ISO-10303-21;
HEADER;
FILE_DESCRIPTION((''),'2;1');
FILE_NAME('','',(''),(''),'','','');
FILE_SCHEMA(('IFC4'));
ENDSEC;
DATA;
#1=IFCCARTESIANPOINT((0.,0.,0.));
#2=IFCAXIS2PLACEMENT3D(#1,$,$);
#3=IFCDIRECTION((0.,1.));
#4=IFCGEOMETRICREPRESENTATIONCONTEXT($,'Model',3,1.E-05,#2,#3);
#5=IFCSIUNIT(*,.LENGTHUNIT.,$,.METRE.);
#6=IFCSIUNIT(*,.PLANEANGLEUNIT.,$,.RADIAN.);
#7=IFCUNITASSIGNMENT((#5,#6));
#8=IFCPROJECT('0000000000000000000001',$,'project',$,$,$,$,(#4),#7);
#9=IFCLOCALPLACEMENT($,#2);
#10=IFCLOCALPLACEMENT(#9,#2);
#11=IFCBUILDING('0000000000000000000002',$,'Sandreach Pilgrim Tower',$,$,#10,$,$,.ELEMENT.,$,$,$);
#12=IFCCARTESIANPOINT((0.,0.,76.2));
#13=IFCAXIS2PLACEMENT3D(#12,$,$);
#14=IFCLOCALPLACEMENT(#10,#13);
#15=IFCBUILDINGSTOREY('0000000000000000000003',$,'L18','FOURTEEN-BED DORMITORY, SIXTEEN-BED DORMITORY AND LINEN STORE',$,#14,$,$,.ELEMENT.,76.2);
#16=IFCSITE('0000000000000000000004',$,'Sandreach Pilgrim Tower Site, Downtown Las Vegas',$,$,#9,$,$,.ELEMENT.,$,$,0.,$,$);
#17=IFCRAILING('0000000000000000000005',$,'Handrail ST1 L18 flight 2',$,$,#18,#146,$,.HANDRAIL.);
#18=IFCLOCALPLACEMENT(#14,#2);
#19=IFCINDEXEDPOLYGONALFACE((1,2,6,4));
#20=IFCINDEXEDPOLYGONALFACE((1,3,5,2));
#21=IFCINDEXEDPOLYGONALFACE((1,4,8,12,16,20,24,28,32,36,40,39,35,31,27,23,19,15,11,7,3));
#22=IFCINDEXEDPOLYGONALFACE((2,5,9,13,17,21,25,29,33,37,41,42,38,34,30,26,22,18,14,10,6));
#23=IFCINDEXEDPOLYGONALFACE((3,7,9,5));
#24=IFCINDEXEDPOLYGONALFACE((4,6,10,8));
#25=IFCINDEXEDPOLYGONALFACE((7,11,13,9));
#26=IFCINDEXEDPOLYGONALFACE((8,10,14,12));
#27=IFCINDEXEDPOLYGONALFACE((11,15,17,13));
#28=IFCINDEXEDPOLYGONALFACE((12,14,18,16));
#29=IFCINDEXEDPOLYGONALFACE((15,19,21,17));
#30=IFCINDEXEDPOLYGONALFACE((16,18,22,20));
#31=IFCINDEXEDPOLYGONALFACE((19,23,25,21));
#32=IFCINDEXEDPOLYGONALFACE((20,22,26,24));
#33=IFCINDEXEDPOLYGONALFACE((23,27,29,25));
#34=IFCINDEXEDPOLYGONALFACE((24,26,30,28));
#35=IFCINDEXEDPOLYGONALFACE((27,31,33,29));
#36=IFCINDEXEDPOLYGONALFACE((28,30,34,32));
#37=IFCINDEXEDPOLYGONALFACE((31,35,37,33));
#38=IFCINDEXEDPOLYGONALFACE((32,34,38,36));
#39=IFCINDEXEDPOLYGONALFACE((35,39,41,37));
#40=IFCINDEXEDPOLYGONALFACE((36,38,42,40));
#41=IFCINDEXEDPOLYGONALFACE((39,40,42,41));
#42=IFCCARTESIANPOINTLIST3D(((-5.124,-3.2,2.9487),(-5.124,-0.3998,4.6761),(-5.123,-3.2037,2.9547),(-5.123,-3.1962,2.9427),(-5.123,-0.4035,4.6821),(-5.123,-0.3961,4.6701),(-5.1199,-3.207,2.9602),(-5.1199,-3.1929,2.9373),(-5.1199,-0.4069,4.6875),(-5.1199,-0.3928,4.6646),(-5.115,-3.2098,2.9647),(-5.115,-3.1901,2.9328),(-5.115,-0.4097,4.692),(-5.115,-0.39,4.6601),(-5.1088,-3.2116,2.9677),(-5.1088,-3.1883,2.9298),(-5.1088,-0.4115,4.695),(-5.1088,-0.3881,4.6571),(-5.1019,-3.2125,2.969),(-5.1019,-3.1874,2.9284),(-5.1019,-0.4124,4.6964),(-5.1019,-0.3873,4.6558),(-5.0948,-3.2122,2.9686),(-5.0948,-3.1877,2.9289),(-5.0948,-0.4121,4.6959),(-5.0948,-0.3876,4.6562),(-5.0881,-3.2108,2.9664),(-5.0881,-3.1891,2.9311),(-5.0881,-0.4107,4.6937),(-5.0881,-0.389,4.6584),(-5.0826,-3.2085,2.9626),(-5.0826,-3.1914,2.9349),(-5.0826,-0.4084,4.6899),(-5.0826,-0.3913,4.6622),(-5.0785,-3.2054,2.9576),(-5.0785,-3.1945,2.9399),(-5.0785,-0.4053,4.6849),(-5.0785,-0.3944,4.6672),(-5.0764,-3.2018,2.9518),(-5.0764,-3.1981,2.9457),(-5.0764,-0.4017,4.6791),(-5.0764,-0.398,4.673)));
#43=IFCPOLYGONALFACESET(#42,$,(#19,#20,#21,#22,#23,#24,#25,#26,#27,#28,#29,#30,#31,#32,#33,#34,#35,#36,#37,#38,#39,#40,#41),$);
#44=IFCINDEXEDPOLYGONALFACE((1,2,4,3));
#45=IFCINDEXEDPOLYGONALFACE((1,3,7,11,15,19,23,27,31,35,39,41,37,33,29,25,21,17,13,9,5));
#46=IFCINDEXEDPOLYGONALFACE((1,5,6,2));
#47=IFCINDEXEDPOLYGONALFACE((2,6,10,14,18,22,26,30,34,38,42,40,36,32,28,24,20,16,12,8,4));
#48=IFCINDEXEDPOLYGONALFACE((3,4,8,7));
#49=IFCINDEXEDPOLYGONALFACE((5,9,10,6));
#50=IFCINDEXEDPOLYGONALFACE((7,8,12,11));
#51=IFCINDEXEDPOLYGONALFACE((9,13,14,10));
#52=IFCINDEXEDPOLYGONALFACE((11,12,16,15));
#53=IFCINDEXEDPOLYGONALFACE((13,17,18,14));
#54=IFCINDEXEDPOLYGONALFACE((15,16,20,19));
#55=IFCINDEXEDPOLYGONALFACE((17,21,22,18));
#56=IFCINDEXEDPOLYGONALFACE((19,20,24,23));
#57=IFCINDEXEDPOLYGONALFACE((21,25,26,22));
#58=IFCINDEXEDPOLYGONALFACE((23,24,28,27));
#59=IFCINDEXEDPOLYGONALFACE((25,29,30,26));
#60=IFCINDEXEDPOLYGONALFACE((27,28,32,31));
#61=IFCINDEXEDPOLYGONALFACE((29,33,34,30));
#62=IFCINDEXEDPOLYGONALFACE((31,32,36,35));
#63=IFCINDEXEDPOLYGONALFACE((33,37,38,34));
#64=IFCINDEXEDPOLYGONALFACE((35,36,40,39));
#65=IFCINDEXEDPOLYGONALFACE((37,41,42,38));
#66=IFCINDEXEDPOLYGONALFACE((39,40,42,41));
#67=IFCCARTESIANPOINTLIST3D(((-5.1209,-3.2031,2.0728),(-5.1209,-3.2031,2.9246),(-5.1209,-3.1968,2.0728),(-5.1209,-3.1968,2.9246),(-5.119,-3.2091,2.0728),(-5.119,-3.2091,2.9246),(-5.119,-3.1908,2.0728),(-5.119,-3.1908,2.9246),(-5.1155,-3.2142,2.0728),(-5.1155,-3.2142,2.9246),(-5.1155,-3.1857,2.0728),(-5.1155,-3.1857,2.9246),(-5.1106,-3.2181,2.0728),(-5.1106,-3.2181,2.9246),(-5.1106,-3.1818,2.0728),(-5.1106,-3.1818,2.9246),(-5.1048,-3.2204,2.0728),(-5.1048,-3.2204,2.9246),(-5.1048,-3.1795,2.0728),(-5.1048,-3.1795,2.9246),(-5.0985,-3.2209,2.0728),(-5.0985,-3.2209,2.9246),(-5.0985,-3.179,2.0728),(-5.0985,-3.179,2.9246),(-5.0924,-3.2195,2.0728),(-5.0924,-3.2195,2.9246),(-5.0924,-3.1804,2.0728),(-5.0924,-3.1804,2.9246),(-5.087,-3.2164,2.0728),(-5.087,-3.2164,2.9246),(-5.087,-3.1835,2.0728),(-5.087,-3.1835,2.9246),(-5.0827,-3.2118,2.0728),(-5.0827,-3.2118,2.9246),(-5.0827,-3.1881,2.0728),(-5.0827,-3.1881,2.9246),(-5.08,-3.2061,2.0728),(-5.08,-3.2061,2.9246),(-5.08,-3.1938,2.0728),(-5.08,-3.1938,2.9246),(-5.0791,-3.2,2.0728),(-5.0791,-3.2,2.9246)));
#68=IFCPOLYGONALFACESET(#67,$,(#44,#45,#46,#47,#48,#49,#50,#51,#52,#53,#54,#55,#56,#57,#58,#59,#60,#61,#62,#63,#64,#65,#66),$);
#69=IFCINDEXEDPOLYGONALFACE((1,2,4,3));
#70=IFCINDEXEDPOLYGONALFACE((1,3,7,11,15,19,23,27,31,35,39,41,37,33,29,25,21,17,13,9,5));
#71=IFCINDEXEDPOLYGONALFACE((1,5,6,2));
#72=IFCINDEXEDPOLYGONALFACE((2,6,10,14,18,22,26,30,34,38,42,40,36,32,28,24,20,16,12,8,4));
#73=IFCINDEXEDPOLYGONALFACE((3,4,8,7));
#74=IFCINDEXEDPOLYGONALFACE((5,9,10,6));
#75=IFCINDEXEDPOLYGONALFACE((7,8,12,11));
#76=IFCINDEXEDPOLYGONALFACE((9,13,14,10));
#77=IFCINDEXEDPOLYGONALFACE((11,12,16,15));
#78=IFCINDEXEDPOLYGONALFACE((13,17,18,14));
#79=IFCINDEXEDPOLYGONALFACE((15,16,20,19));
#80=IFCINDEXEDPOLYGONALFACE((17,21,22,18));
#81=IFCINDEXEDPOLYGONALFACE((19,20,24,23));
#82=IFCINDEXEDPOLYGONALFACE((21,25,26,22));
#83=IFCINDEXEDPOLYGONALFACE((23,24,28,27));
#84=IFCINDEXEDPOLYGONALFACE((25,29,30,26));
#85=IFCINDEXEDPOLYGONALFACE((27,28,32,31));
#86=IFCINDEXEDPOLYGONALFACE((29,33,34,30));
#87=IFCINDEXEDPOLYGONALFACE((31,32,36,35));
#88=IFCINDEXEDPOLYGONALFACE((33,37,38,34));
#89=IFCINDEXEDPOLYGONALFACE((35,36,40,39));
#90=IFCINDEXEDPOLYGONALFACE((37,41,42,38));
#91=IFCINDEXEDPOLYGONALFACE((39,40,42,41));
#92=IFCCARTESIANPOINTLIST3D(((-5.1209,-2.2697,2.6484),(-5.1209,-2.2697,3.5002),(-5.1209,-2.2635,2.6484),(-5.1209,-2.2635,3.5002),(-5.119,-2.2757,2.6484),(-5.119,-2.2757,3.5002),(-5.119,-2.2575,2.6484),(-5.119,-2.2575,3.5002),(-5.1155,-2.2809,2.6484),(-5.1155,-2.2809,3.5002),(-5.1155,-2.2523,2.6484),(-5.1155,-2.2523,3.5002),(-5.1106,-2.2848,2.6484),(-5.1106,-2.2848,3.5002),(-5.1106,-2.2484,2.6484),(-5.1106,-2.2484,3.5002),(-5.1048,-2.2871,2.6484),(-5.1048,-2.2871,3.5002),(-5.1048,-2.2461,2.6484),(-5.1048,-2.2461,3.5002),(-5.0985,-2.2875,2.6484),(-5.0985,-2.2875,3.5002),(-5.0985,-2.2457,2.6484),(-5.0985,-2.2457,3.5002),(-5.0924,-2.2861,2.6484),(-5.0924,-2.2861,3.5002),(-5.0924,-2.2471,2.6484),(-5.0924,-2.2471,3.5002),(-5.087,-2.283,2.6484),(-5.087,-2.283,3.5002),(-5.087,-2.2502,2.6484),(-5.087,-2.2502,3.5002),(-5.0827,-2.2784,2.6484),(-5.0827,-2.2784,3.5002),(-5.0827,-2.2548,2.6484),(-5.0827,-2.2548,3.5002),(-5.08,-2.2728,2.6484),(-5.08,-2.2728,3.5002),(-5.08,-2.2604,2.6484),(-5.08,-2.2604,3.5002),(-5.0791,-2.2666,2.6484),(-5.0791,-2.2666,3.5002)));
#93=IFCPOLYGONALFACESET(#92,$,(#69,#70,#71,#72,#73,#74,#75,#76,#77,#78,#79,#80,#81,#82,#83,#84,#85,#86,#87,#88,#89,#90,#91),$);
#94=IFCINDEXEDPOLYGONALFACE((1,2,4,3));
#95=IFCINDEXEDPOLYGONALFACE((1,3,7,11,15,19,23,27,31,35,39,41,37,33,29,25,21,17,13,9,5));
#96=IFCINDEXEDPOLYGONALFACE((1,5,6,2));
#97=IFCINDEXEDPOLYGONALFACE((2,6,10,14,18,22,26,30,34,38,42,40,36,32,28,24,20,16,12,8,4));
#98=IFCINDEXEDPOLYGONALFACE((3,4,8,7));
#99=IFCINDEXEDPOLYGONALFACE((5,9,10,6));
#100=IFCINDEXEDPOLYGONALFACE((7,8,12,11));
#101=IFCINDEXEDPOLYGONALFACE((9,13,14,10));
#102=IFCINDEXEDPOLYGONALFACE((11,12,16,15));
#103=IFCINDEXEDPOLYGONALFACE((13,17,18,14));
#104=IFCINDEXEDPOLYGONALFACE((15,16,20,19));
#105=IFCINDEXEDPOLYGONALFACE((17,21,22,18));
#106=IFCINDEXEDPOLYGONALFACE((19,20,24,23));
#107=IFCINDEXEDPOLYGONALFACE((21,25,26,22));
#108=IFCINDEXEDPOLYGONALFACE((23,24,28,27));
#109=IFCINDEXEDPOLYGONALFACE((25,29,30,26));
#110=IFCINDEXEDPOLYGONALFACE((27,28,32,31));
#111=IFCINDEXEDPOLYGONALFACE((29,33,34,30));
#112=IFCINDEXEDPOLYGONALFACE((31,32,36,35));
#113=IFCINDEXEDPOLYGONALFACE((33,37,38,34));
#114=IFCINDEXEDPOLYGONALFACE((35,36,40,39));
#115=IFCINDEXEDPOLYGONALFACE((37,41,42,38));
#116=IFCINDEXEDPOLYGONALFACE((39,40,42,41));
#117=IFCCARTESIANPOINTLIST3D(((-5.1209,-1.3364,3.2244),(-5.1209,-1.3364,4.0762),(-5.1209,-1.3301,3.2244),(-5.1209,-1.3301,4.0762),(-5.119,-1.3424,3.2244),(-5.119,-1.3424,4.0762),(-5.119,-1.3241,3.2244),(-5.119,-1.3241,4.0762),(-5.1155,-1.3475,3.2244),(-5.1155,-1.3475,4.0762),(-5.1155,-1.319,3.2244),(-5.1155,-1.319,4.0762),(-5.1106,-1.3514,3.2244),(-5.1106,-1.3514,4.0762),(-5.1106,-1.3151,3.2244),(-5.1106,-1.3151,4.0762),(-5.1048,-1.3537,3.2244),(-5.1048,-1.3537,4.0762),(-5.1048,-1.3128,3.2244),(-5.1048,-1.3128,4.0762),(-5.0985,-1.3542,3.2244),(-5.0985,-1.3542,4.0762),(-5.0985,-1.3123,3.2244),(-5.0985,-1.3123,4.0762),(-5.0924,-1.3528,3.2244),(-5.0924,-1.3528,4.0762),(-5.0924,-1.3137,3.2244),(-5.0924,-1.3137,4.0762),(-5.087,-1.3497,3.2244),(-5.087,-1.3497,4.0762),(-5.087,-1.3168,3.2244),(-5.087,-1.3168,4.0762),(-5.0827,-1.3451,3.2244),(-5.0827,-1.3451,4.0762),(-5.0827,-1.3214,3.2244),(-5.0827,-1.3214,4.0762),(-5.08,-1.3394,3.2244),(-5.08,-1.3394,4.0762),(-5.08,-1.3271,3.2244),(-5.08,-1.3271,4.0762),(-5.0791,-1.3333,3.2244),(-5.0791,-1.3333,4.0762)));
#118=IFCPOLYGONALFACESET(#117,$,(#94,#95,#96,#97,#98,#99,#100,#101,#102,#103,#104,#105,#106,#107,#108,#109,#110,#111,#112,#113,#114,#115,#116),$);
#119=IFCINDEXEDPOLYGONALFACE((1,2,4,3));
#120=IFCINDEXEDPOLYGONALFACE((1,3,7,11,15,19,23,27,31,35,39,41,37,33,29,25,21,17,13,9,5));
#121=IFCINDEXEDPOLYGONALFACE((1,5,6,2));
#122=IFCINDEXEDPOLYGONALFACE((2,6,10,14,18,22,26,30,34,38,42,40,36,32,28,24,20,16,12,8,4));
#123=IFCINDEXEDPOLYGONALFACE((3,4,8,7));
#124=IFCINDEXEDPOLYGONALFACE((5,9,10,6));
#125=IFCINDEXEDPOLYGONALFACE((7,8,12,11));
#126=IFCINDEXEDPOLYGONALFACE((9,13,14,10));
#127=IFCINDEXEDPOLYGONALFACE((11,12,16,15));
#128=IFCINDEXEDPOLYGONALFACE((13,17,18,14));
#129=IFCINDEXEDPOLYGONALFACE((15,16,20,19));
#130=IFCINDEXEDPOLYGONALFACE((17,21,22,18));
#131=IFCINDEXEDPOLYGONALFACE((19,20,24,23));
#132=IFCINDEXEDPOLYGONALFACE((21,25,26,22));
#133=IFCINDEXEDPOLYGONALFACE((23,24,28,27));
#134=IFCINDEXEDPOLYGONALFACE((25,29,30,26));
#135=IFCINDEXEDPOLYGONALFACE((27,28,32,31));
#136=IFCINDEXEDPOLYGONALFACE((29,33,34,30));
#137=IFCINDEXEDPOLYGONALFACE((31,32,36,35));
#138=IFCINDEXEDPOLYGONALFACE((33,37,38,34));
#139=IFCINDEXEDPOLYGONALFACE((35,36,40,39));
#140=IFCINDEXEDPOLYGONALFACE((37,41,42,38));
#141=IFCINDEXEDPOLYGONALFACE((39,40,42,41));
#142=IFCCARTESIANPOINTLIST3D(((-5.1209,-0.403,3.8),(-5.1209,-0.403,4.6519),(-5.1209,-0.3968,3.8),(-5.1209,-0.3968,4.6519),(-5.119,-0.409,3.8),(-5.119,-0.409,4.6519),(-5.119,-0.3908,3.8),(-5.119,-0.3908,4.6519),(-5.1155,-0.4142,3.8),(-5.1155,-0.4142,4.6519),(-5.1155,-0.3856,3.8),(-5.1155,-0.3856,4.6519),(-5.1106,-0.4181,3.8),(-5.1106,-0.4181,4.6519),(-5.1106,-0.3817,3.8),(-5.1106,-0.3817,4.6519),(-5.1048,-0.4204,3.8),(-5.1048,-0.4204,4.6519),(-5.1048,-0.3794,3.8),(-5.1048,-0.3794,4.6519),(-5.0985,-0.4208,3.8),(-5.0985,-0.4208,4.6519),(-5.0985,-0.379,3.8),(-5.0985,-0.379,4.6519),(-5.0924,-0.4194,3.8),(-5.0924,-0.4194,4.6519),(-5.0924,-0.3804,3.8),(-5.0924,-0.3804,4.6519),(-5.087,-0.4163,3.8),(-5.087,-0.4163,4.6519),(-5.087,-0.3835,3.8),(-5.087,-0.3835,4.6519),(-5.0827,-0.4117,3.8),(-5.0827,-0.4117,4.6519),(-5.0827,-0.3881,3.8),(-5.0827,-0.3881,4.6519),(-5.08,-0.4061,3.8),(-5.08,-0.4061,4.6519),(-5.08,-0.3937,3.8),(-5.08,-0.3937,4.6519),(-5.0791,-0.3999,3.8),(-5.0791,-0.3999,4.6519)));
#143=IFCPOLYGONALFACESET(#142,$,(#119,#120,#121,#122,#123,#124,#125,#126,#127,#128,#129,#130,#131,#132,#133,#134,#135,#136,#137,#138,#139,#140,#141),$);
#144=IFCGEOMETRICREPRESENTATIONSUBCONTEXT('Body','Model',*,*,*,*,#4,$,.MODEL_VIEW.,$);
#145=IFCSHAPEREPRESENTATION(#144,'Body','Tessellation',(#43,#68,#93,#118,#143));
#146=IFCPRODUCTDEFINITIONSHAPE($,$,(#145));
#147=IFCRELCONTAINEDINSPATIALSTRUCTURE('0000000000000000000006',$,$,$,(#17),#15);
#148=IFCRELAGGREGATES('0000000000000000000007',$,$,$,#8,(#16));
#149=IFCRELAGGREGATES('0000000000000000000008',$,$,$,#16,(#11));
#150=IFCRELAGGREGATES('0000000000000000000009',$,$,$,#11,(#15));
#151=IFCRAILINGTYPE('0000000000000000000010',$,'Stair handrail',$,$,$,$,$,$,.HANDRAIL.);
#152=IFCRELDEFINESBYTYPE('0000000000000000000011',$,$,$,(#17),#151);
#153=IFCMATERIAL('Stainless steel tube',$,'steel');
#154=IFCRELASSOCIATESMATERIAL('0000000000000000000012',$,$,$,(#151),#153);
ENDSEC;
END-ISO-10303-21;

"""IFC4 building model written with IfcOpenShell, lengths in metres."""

from ifc_helpers import new_model, si_unit, direction, frame, origin, origin_2d, place, context, subcontext, project, spatial, circle, extrude, material, type_object, element, save


model = new_model("IFC4")

# Units and contexts
model_context = context("Model", 3, precision=1e-05, world=origin(), true_north=direction((0.0, 1.0)))
body_context = subcontext(model_context, "Body", "Model", "MODEL_VIEW")
ifc_project = project(units=[si_unit("LENGTHUNIT", "METRE"), si_unit("PLANEANGLEUNIT", "RADIAN")], contexts=[model_context])

# Site, building, storey
site_placement = place(None, origin())
site = spatial("IfcSite", under=ifc_project, at=site_placement, Name="Sandreach Pilgrim Tower Site, Downtown Las Vegas", CompositionType="ELEMENT", RefElevation=0.0)
building_placement = place(site_placement, origin())
building = spatial("IfcBuilding", under=site, at=building_placement, Name="Sandreach Pilgrim Tower", CompositionType="ELEMENT")
storey_placement = place(building_placement, frame((0.0, 0.0, 76.2)))
storey = spatial("IfcBuildingStorey", under=building, at=storey_placement, Name="L18", Description="FOURTEEN-BED DORMITORY, SIXTEEN-BED DORMITORY AND LINEN STORE", CompositionType="ELEMENT", Elevation=76.2)

# Railing
ifc_material_1 = material(Name="Stainless steel tube", Category="steel")
railing_type = type_object("IfcRailingType", Name="Stair handrail", PredefinedType="HANDRAIL", material=ifc_material_1)
for number, where, name in (
    (1, (-5.1001, -3.2, 2.0728), "Handrail ST1 L18 flight 2"),
):
    element("IfcRailing", number, at=place(storey_placement, frame(where)), inside=storey, type_object=railing_type, Name=name, PredefinedType="HANDRAIL", context=body_context, shape_type="SweptSolid", body=[
        extrude(circle(Radius=0.0239, at=origin_2d()), frame((0.0, 0.0, 0.876), z_axis=(0.0, 0.85109, 0.52502), x_axis=(-1.0, 0.0, 0.0)), (0.0, 0.0, 1.0), 3.29),
        extrude(circle(Radius=0.021, at=origin_2d()), origin(), (0.0, 0.0, 1.0), 0.8518),
        extrude(circle(Radius=0.021, at=origin_2d()), frame((0.0, 0.9333, 0.5757)), (0.0, 0.0, 1.0), 0.8518),
        extrude(circle(Radius=0.021, at=origin_2d()), frame((0.0, 1.8667, 1.1516)), (0.0, 0.0, 1.0), 0.8518),
        extrude(circle(Radius=0.021, at=origin_2d()), frame((0.0, 2.8, 1.7273)), (0.0, 0.0, 1.0), 0.8518),
    ])

save(model, "model.ifc")
